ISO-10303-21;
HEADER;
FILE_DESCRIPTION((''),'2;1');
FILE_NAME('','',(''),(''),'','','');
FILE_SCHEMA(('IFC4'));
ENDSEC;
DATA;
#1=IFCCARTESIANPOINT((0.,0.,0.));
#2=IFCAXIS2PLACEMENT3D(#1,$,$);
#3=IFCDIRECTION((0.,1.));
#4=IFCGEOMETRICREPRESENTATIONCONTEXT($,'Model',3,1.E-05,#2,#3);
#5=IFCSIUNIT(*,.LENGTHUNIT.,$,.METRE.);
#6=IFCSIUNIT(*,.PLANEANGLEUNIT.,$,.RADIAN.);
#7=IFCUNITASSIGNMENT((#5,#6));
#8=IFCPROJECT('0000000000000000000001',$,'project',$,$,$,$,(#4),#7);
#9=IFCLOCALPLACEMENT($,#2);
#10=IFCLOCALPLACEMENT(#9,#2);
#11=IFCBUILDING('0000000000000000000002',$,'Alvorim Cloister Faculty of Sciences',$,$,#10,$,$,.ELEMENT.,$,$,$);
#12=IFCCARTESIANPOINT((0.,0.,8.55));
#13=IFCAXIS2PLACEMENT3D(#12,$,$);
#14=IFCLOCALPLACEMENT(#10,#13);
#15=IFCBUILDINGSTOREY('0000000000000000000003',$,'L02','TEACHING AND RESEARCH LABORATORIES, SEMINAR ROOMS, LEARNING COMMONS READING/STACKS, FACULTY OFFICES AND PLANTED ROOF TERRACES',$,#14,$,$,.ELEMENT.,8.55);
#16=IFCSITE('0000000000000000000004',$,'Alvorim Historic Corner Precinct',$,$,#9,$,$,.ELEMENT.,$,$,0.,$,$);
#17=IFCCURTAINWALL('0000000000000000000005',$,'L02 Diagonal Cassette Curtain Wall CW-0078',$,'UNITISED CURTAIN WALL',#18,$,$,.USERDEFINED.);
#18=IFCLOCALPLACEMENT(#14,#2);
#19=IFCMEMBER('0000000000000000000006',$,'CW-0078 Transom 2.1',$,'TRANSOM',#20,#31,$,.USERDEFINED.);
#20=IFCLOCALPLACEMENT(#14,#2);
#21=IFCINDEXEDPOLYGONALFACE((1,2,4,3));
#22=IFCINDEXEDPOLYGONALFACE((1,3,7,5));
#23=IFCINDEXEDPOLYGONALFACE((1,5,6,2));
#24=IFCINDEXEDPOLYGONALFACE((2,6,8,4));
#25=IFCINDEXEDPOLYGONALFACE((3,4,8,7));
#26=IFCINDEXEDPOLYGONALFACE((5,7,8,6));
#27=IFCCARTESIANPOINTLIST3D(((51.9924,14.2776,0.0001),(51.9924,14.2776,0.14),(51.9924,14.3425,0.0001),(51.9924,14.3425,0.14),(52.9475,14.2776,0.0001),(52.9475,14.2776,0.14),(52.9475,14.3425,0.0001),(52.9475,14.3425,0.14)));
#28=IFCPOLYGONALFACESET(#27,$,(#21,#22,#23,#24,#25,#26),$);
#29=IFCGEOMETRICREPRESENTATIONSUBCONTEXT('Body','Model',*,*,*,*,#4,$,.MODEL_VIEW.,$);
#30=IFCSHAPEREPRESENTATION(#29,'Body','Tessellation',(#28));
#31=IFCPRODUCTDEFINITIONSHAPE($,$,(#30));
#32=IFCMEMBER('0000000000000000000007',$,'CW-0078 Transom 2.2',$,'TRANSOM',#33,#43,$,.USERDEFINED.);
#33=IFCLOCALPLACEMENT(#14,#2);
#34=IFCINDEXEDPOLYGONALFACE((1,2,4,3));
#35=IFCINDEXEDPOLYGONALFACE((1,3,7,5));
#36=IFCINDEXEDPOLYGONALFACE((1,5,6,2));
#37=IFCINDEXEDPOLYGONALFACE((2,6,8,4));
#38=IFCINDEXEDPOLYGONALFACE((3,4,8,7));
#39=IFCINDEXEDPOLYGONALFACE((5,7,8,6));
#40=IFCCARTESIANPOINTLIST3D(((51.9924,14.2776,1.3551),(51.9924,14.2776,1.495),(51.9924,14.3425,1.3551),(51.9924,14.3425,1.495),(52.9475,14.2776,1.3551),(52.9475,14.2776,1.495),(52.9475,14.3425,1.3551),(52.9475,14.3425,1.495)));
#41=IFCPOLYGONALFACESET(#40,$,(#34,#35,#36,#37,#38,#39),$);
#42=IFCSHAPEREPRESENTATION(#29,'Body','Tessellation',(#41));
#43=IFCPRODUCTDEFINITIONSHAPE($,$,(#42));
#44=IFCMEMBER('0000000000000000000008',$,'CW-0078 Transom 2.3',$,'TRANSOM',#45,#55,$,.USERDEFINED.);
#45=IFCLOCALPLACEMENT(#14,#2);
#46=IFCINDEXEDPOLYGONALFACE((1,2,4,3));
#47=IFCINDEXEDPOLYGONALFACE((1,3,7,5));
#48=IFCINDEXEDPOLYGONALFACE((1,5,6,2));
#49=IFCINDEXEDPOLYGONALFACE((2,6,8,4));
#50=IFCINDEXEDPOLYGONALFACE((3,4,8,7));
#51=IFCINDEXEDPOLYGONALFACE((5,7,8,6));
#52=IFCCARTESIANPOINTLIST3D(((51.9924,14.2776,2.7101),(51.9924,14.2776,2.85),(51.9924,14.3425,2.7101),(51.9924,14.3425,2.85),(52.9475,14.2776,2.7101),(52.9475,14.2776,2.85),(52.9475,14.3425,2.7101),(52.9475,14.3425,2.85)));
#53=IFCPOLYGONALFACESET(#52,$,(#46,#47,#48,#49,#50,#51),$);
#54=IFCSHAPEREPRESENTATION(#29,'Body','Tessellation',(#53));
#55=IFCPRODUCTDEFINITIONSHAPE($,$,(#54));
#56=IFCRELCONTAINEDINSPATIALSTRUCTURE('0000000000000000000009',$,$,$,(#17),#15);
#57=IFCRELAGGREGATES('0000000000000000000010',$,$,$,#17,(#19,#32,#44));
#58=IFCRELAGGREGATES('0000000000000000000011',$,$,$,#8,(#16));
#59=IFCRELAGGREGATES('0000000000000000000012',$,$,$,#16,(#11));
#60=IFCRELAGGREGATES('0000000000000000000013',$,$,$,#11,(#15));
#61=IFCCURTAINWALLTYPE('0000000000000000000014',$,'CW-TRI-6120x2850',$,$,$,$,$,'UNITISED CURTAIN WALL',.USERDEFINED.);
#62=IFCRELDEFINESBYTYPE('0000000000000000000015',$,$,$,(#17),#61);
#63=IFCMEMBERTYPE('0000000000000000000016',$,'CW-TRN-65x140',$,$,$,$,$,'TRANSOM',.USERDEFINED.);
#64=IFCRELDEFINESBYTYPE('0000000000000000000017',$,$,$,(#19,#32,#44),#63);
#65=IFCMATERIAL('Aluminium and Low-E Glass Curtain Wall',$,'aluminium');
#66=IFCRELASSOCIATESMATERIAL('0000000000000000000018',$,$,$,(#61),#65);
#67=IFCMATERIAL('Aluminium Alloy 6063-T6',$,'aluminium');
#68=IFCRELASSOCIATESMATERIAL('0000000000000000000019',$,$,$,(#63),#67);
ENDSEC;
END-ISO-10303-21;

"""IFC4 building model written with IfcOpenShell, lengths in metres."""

from ifc_helpers import new_model, si_unit, direction, frame, origin, origin_2d, place, context, subcontext, project, spatial, rectangle, extrude, material, material_profile, profile_set, type_object, element, aggregate, save


model = new_model("IFC4")

# Units and contexts
model_context = context("Model", 3, precision=1e-05, world=origin(), true_north=direction((0.0, 1.0)))
body_context = subcontext(model_context, "Body", "Model", "MODEL_VIEW")
ifc_project = project(units=[si_unit("LENGTHUNIT", "METRE"), si_unit("PLANEANGLEUNIT", "RADIAN")], contexts=[model_context])

# Site, building, storey
site_placement = place(None, origin())
site = spatial("IfcSite", under=ifc_project, at=site_placement, Name="Alvorim Historic Corner Precinct", CompositionType="ELEMENT", RefElevation=0.0)
building_placement = place(site_placement, origin())
building = spatial("IfcBuilding", under=site, at=building_placement, Name="Alvorim Cloister Faculty of Sciences", CompositionType="ELEMENT")
storey_placement = place(building_placement, frame((0.0, 0.0, 8.55)))
storey = spatial("IfcBuildingStorey", under=building, at=storey_placement, Name="L02", Description="TEACHING AND RESEARCH LABORATORIES, SEMINAR ROOMS, LEARNING COMMONS READING/STACKS, FACULTY OFFICES AND PLANTED ROOF TERRACES", CompositionType="ELEMENT", Elevation=8.55)

# Curtain wall
ifc_material_1 = material(Name="Aluminium and Low-E Glass Curtain Wall", Category="aluminium")
curtain_wall_type = type_object("IfcCurtainWallType", Name="CW-TRI-6120x2850", ElementType="UNITISED CURTAIN WALL", PredefinedType="USERDEFINED", material=ifc_material_1)
ifc_material_2 = material(Name="Aluminium Alloy 6063-T6", Category="aluminium")
curtain_wall_1_placement = place(storey_placement, origin())
curtain_wall_1 = element("IfcCurtainWall", 1, at=curtain_wall_1_placement, inside=storey, type_object=curtain_wall_type, Name="L02 Diagonal Cassette Curtain Wall CW-0078", ObjectType="UNITISED CURTAIN WALL", PredefinedType="USERDEFINED")

# Members
ifc_material_profile_1 = material_profile(ifc_material_2, rectangle(XDim=0.0649, YDim=0.1399, at=origin_2d()), Name="ALU-TRN-65x140")
ifc_profile_set_1 = profile_set([ifc_material_profile_1], Name="Aluminium Alloy 6063-T6")
member_type_1 = type_object("IfcMemberType", Name="CW-TRN-65x140", ElementType="TRANSOM", PredefinedType="USERDEFINED", material=ifc_profile_set_1)
member_1_placement = place(storey_placement, frame((51.9924, 14.3101, 0.0701), z_axis=(1.0, 0.0, 0.0), x_axis=(0.0, 1.0, 0.0)))
member_1 = element("IfcMember", 2, at=member_1_placement, type_object=member_type_1, Name="CW-0078 Transom 2.1", ObjectType="TRANSOM", PredefinedType="USERDEFINED", context=body_context, shape_type="SweptSolid", body=[
    extrude(rectangle(XDim=0.0649, YDim=0.1399, at=origin_2d()), origin(), (0.0, 0.0, 1.0), 0.9551),
])
member_2_placement = place(storey_placement, frame((51.9924, 14.3101, 1.425), z_axis=(1.0, 0.0, 0.0), x_axis=(0.0, 1.0, 0.0)))
member_2 = element("IfcMember", 3, at=member_2_placement, type_object=member_type_1, Name="CW-0078 Transom 2.2", ObjectType="TRANSOM", PredefinedType="USERDEFINED", context=body_context, shape_type="SweptSolid", body=[
    extrude(rectangle(XDim=0.0649, YDim=0.1399, at=origin_2d()), origin(), (0.0, 0.0, 1.0), 0.9551),
])
member_3_placement = place(storey_placement, frame((51.9924, 14.3101, 2.78), z_axis=(1.0, 0.0, 0.0), x_axis=(0.0, 1.0, 0.0)))
member_3 = element("IfcMember", 4, at=member_3_placement, type_object=member_type_1, Name="CW-0078 Transom 2.3", ObjectType="TRANSOM", PredefinedType="USERDEFINED", context=body_context, shape_type="SweptSolid", body=[
    extrude(rectangle(XDim=0.0649, YDim=0.1399, at=origin_2d()), origin(), (0.0, 0.0, 1.0), 0.9551),
])
aggregate(curtain_wall_1, [member_1, member_2, member_3])

save(model, "model.ifc")
